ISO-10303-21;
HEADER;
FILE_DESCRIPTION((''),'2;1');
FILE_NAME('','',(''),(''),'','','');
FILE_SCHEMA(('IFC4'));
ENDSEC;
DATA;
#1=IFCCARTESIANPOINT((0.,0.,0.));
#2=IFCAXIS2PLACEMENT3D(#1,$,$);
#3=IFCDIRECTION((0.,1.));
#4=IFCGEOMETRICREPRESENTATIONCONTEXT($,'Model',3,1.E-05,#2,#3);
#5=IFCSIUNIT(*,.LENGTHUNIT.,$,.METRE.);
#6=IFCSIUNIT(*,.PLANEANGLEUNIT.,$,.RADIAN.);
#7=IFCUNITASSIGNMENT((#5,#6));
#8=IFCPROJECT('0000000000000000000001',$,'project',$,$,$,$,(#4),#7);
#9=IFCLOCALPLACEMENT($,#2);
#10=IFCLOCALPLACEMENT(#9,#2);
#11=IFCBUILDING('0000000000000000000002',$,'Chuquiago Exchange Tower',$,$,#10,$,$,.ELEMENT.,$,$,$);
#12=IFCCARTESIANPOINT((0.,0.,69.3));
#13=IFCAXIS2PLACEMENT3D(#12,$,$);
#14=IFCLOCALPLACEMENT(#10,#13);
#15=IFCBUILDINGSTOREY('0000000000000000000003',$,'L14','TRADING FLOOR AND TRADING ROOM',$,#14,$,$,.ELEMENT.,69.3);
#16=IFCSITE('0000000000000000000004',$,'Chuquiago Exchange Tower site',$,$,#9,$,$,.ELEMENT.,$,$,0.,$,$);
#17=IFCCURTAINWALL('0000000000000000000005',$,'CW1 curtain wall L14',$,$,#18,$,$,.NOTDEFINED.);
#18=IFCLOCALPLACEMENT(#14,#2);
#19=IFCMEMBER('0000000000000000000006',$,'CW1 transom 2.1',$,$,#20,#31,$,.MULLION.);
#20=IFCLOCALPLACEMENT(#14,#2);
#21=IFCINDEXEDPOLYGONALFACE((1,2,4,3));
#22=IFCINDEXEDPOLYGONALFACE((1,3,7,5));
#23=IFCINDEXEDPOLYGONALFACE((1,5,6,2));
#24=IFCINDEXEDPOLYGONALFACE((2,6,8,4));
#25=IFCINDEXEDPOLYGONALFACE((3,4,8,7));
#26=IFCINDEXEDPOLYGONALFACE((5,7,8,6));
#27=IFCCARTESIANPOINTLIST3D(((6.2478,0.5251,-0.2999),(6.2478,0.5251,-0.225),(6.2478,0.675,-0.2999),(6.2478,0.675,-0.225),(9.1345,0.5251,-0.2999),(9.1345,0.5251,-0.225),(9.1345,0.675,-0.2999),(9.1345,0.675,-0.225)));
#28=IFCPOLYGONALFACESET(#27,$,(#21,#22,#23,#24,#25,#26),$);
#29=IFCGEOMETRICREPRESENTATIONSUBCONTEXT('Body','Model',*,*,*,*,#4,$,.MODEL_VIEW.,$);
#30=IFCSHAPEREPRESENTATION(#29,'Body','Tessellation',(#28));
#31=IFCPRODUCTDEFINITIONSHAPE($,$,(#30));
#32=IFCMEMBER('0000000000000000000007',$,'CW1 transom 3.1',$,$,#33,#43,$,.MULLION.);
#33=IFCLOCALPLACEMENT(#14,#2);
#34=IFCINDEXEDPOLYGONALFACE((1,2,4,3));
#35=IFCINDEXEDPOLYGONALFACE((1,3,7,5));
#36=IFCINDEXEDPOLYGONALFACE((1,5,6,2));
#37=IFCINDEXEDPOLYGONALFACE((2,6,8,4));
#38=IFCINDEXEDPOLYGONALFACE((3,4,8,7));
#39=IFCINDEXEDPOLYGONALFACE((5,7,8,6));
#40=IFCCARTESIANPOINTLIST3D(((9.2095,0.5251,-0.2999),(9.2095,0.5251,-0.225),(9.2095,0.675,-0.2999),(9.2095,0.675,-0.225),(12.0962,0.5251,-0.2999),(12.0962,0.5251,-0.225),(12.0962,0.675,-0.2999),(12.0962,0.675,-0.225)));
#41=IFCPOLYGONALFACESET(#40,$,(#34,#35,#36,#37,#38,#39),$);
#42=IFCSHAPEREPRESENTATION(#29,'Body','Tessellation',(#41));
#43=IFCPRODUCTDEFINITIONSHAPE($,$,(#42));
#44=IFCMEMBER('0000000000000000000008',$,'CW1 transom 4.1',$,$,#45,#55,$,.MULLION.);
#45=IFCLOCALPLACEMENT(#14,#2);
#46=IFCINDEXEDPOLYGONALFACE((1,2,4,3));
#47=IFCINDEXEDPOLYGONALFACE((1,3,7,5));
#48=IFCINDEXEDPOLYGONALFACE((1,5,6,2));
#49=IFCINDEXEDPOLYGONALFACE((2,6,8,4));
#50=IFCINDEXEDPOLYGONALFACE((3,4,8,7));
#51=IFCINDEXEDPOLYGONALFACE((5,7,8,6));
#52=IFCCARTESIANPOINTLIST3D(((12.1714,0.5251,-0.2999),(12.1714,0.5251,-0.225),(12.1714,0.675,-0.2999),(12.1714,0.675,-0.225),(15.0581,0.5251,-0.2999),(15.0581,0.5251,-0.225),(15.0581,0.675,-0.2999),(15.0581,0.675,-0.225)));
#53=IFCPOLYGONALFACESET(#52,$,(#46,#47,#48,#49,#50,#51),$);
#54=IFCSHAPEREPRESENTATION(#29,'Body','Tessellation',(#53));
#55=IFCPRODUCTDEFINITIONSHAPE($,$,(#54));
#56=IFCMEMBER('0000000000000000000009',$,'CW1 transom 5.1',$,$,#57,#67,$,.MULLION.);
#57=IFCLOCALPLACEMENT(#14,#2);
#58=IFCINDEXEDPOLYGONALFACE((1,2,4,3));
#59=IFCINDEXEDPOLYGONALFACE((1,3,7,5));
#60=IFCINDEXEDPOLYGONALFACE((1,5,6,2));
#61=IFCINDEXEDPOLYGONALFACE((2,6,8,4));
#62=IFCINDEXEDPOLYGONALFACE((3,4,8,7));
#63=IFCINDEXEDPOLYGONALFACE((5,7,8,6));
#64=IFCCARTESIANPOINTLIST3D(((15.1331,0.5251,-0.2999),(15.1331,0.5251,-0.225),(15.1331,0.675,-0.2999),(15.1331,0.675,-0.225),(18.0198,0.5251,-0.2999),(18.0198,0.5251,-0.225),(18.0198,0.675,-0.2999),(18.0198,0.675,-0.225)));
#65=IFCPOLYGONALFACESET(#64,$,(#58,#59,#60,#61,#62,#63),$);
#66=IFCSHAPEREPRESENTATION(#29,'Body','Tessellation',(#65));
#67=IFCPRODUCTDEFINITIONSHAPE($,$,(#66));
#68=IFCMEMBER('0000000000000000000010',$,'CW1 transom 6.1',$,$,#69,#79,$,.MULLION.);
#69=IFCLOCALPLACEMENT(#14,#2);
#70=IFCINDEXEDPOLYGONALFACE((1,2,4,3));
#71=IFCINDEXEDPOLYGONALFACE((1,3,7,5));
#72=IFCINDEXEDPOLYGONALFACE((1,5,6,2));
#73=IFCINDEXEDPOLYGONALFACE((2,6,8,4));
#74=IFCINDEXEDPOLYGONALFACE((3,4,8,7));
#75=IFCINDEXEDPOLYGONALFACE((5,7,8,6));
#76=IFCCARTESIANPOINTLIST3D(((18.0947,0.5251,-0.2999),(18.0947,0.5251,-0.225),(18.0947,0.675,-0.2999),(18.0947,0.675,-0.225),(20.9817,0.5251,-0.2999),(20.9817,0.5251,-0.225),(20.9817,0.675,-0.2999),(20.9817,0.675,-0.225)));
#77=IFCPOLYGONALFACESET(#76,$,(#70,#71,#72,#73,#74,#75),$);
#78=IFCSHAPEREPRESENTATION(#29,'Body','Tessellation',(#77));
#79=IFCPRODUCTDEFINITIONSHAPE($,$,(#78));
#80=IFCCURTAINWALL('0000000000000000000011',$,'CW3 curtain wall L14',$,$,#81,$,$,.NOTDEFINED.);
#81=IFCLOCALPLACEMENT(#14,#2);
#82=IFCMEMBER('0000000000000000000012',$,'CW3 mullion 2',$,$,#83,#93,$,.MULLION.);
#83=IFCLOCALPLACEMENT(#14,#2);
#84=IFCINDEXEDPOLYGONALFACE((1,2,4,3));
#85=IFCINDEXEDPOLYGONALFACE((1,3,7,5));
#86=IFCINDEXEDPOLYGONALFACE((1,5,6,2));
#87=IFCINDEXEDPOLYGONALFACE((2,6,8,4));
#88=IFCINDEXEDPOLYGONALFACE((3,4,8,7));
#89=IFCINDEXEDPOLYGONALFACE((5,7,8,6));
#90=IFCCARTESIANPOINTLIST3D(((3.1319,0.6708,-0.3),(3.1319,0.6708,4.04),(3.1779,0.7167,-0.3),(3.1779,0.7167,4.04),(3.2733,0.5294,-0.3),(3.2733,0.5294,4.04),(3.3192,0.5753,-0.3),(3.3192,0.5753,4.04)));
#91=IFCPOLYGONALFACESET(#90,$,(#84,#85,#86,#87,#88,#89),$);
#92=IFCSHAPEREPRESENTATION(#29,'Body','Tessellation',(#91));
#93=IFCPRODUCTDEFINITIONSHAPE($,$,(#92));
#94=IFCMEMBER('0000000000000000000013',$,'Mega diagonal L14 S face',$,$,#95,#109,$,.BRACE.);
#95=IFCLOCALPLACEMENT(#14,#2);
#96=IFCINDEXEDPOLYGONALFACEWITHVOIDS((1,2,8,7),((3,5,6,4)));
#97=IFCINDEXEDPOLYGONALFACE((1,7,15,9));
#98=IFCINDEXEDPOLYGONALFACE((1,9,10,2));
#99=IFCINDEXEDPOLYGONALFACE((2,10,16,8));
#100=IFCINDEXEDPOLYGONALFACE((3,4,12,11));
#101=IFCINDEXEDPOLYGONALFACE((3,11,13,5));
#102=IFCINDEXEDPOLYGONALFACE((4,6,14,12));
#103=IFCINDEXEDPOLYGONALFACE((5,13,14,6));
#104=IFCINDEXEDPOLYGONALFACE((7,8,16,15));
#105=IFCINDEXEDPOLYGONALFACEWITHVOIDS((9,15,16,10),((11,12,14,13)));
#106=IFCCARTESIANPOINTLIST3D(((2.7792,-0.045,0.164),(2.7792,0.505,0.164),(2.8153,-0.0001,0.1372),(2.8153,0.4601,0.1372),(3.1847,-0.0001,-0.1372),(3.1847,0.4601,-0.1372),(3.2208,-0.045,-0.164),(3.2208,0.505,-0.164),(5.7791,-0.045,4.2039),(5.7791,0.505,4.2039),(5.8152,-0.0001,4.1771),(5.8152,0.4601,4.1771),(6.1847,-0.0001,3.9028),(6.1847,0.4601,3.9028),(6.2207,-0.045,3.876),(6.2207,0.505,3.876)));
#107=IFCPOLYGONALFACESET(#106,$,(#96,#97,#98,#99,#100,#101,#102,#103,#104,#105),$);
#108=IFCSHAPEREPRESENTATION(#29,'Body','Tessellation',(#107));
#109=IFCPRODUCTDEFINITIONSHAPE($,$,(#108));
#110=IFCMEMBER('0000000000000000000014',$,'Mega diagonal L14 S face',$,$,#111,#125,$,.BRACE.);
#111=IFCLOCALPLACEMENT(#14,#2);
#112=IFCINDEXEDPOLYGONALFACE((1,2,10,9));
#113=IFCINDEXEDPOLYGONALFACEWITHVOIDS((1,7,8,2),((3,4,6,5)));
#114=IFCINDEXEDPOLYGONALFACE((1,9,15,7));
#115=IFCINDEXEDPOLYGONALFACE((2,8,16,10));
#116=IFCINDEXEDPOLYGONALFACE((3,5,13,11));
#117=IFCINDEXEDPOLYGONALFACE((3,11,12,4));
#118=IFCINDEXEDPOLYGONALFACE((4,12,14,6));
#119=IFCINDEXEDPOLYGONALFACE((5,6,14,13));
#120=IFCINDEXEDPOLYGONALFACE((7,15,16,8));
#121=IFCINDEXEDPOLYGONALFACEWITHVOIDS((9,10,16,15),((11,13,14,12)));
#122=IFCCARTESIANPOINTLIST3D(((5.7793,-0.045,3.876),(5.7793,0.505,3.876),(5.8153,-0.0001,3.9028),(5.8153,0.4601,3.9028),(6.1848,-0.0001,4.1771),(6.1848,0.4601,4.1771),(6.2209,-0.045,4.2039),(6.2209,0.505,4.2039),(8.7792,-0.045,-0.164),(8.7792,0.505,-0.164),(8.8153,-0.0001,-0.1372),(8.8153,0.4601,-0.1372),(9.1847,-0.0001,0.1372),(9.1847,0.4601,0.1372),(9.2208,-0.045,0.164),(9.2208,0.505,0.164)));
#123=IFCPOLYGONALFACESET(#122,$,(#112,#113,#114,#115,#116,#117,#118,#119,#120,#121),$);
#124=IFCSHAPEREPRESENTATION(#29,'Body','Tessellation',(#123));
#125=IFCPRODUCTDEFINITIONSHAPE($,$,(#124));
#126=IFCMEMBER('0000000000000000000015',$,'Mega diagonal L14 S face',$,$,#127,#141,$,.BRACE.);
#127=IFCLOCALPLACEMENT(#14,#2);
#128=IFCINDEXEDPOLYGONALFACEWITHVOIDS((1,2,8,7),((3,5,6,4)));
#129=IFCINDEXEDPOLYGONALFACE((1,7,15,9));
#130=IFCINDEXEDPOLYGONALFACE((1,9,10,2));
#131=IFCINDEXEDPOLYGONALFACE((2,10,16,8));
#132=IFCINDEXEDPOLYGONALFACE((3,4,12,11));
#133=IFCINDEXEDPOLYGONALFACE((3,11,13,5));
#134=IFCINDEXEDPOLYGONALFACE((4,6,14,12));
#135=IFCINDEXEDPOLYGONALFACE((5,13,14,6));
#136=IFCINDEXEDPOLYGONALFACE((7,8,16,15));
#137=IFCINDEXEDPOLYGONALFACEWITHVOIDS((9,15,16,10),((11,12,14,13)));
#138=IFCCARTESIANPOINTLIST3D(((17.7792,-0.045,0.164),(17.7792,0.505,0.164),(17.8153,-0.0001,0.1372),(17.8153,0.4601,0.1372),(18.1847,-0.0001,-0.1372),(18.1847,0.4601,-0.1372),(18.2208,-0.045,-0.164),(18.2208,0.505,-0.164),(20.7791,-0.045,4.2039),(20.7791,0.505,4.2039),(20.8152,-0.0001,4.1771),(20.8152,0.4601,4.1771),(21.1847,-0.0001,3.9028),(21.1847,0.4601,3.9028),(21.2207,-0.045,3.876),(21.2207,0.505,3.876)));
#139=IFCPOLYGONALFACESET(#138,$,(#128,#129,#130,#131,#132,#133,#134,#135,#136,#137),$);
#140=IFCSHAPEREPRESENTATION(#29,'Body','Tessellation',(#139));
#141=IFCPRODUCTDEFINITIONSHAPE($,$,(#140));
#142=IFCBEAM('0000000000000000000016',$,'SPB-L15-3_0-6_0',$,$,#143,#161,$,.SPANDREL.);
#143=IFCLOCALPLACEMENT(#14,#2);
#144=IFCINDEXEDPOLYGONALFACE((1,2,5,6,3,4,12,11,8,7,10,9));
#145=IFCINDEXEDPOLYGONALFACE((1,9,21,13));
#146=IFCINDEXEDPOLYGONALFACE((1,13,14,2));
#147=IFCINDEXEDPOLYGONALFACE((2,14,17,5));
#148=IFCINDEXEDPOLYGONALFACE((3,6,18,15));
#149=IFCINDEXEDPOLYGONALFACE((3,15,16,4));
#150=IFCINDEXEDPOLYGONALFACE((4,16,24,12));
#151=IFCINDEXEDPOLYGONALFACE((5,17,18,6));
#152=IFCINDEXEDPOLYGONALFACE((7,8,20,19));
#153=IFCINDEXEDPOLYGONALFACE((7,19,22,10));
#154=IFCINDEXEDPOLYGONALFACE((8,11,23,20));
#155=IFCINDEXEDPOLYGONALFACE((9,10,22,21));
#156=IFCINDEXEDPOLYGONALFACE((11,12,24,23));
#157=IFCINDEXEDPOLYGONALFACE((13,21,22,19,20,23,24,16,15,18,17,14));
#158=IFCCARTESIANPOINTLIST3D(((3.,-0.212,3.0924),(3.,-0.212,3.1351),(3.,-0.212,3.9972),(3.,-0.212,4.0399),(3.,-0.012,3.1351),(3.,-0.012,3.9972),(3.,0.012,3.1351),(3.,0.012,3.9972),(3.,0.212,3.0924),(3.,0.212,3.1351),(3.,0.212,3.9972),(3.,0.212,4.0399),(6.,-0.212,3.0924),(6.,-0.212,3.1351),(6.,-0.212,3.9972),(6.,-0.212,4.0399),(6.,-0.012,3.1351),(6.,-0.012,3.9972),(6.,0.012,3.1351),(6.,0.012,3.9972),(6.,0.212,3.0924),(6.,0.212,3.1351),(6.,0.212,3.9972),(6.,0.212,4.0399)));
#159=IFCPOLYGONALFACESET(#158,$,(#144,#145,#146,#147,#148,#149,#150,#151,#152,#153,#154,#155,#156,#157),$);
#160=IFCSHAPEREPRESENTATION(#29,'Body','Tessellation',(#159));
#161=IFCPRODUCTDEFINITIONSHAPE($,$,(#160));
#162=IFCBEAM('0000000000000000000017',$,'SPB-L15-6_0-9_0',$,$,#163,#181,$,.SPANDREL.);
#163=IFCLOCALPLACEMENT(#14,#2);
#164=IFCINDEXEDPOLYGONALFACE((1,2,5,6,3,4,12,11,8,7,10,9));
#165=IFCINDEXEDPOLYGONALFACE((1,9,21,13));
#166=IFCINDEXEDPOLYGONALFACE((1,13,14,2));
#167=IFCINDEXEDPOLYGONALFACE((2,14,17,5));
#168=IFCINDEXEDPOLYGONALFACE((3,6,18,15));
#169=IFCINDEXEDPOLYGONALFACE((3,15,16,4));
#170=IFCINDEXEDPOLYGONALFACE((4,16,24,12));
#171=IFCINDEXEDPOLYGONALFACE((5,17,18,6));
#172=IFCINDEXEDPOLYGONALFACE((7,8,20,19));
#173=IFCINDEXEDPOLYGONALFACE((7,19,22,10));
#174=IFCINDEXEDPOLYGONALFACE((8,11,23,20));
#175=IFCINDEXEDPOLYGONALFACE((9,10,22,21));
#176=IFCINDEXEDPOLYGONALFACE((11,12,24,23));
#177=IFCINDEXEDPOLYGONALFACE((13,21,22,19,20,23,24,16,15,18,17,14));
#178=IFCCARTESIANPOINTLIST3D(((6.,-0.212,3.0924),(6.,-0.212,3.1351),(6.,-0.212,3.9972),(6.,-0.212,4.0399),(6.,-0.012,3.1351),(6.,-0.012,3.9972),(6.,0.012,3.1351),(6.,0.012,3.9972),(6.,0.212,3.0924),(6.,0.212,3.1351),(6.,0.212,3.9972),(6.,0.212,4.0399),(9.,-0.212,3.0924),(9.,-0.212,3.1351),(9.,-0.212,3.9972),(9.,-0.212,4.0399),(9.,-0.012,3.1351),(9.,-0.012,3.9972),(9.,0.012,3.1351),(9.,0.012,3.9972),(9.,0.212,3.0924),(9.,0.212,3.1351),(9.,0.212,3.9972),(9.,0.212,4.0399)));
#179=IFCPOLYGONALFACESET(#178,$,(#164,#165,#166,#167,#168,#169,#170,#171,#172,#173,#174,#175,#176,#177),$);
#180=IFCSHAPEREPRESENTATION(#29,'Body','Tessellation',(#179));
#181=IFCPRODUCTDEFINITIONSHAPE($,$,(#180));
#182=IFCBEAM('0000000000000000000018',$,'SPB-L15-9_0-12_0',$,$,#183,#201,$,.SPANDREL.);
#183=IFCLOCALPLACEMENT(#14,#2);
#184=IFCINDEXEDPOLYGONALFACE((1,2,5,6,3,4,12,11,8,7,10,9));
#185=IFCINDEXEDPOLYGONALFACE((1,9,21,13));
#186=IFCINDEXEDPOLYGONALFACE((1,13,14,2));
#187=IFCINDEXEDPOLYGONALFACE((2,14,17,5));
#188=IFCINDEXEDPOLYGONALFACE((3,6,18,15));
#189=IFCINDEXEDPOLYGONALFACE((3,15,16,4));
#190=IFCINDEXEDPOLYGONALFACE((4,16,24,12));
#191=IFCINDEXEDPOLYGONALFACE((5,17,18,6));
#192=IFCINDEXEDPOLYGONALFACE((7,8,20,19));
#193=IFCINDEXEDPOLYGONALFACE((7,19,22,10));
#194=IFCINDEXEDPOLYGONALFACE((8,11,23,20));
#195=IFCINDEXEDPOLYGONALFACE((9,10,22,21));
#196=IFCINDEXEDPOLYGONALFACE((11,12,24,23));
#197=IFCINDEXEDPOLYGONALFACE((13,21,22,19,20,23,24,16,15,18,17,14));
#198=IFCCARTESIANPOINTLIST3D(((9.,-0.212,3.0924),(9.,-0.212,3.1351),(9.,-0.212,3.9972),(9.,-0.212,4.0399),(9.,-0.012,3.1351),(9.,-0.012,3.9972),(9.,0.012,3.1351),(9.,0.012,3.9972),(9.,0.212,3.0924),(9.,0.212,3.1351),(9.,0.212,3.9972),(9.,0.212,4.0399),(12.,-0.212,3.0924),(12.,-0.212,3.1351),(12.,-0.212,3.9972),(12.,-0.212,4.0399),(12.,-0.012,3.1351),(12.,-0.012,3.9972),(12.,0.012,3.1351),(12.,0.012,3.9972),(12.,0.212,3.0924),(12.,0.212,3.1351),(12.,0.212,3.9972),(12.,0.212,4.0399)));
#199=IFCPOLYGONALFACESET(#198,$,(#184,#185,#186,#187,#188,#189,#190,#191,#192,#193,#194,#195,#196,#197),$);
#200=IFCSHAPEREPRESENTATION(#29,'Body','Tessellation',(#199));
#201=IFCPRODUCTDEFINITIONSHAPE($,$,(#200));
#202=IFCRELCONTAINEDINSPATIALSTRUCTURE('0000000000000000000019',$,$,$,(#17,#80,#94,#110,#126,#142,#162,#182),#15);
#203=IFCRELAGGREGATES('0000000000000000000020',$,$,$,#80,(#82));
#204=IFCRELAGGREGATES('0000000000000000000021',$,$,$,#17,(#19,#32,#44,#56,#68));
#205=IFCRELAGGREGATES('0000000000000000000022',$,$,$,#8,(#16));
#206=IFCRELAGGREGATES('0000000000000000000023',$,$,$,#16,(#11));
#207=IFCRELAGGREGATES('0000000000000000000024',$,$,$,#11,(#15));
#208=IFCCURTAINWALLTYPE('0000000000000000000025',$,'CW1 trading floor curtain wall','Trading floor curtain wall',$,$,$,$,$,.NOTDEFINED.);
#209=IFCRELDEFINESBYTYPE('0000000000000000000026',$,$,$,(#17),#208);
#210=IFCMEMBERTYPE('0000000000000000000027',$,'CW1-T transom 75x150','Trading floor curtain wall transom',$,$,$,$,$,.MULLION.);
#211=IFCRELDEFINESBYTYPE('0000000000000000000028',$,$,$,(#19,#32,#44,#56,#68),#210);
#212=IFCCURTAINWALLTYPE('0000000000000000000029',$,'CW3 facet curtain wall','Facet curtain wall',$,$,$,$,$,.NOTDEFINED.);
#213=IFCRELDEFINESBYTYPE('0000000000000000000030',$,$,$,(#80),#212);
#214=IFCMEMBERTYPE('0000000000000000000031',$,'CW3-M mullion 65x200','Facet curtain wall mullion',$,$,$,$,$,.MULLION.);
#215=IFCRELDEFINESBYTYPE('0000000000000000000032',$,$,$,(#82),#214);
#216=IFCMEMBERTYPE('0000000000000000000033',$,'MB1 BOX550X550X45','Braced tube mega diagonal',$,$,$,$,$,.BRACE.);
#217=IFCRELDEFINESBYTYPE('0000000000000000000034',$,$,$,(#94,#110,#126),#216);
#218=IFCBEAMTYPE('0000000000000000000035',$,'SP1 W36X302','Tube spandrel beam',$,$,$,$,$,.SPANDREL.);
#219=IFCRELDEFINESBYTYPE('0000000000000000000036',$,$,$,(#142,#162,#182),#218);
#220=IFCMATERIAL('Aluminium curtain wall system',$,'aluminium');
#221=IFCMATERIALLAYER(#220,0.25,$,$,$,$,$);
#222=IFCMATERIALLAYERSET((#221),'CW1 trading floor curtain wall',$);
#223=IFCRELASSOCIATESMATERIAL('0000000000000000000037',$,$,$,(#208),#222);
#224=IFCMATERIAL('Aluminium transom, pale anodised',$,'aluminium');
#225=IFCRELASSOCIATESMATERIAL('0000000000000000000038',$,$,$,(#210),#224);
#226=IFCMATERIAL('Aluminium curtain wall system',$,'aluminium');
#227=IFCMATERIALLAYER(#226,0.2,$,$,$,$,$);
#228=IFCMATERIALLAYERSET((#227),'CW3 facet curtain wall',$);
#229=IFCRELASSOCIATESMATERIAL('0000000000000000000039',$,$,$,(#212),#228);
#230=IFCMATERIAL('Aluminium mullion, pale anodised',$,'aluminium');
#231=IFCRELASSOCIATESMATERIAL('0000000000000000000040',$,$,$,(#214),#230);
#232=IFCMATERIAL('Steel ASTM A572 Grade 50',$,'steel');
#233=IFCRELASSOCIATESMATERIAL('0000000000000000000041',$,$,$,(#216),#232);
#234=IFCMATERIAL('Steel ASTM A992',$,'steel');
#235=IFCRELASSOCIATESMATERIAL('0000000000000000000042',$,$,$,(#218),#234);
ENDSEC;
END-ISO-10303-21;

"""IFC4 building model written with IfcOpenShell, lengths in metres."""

from ifc_helpers import new_model, si_unit, direction, frame, origin, origin_2d, place, context, subcontext, project, spatial, rectangle, hollow_rectangle, i_section, extrude, material, layer, layer_set, material_profile, profile_set, type_object, element, aggregate, save


model = new_model("IFC4")

# Units and contexts
model_context = context("Model", 3, precision=1e-05, world=origin(), true_north=direction((0.0, 1.0)))
body_context = subcontext(model_context, "Body", "Model", "MODEL_VIEW")
ifc_project = project(units=[si_unit("LENGTHUNIT", "METRE"), si_unit("PLANEANGLEUNIT", "RADIAN")], contexts=[model_context])

# Site, building, storey
site_placement = place(None, origin())
site = spatial("IfcSite", under=ifc_project, at=site_placement, Name="Chuquiago Exchange Tower site", CompositionType="ELEMENT", RefElevation=0.0)
building_placement = place(site_placement, origin())
building = spatial("IfcBuilding", under=site, at=building_placement, Name="Chuquiago Exchange Tower", CompositionType="ELEMENT")
storey_placement = place(building_placement, frame((0.0, 0.0, 69.3)))
storey = spatial("IfcBuildingStorey", under=building, at=storey_placement, Name="L14", Description="TRADING FLOOR AND TRADING ROOM", CompositionType="ELEMENT", Elevation=69.3)

# Curtain wall, members
ifc_material_1 = material(Name="Aluminium curtain wall system", Category="aluminium")
ifc_layer_1 = layer(ifc_material_1, 0.25)
ifc_layer_set_1 = layer_set([ifc_layer_1], Name="CW1 trading floor curtain wall")
curtain_wall_type_1 = type_object("IfcCurtainWallType", Name="CW1 trading floor curtain wall", Description="Trading floor curtain wall", PredefinedType="NOTDEFINED", material=ifc_layer_set_1)
curtain_wall_1_placement = place(storey_placement, origin())
curtain_wall_1 = element("IfcCurtainWall", 1, at=curtain_wall_1_placement, inside=storey, type_object=curtain_wall_type_1, Name="CW1 curtain wall L14", PredefinedType="NOTDEFINED")
ifc_material_2 = material(Name="Aluminium transom, pale anodised", Category="aluminium")
ifc_material_profile_1 = material_profile(ifc_material_2, rectangle(XDim=0.1499, YDim=0.075, at=origin_2d()), Name="AL 150x75")
ifc_profile_set_1 = profile_set([ifc_material_profile_1], Name="Aluminium transom, pale anodised")
member_type_1 = type_object("IfcMemberType", Name="CW1-T transom 75x150", Description="Trading floor curtain wall transom", PredefinedType="MULLION", material=ifc_profile_set_1)
member_1_placement = place(storey_placement, frame((6.2478, 0.6001, -0.2625), z_axis=(1.0, 0.0, 0.0), x_axis=(0.0, 1.0, 0.0)))
member_1 = element("IfcMember", 2, at=member_1_placement, type_object=member_type_1, Name="CW1 transom 2.1", PredefinedType="MULLION", context=body_context, shape_type="SweptSolid", body=[
    extrude(rectangle(XDim=0.1499, YDim=0.075, at=origin_2d()), origin(), (0.0, 0.0, 1.0), 2.8867),
])
member_2_placement = place(storey_placement, frame((9.2095, 0.6001, -0.2625), z_axis=(1.0, 0.0, 0.0), x_axis=(0.0, 1.0, 0.0)))
member_2 = element("IfcMember", 3, at=member_2_placement, type_object=member_type_1, Name="CW1 transom 3.1", PredefinedType="MULLION", context=body_context, shape_type="SweptSolid", body=[
    extrude(rectangle(XDim=0.1499, YDim=0.075, at=origin_2d()), origin(), (0.0, 0.0, 1.0), 2.8867),
])
member_3_placement = place(storey_placement, frame((12.1714, 0.6001, -0.2625), z_axis=(1.0, 0.0, 0.0), x_axis=(0.0, 1.0, 0.0)))
member_3 = element("IfcMember", 4, at=member_3_placement, type_object=member_type_1, Name="CW1 transom 4.1", PredefinedType="MULLION", context=body_context, shape_type="SweptSolid", body=[
    extrude(rectangle(XDim=0.1499, YDim=0.075, at=origin_2d()), origin(), (0.0, 0.0, 1.0), 2.8867),
])
member_4_placement = place(storey_placement, frame((15.1331, 0.6001, -0.2625), z_axis=(1.0, 0.0, 0.0), x_axis=(0.0, 1.0, 0.0)))
member_4 = element("IfcMember", 5, at=member_4_placement, type_object=member_type_1, Name="CW1 transom 5.1", PredefinedType="MULLION", context=body_context, shape_type="SweptSolid", body=[
    extrude(rectangle(XDim=0.1499, YDim=0.075, at=origin_2d()), origin(), (0.0, 0.0, 1.0), 2.8867),
])
member_5_placement = place(storey_placement, frame((18.0947, 0.6001, -0.2625), z_axis=(1.0, 0.0, 0.0), x_axis=(0.0, 1.0, 0.0)))
member_5 = element("IfcMember", 6, at=member_5_placement, type_object=member_type_1, Name="CW1 transom 6.1", PredefinedType="MULLION", context=body_context, shape_type="SweptSolid", body=[
    extrude(rectangle(XDim=0.1499, YDim=0.075, at=origin_2d()), origin(), (0.0, 0.0, 1.0), 2.887),
])

# Curtain wall, member
ifc_material_3 = material(Name="Aluminium curtain wall system", Category="aluminium")
ifc_layer_2 = layer(ifc_material_3, 0.2)
ifc_layer_set_2 = layer_set([ifc_layer_2], Name="CW3 facet curtain wall")
curtain_wall_type_2 = type_object("IfcCurtainWallType", Name="CW3 facet curtain wall", Description="Facet curtain wall", PredefinedType="NOTDEFINED", material=ifc_layer_set_2)
curtain_wall_2_placement = place(storey_placement, origin())
curtain_wall_2 = element("IfcCurtainWall", 7, at=curtain_wall_2_placement, inside=storey, type_object=curtain_wall_type_2, Name="CW3 curtain wall L14", PredefinedType="NOTDEFINED")
ifc_material_4 = material(Name="Aluminium mullion, pale anodised", Category="aluminium")
ifc_material_profile_2 = material_profile(ifc_material_4, rectangle(XDim=0.0649, YDim=0.2, at=origin_2d()), Name="AL 65x200")
ifc_profile_set_2 = profile_set([ifc_material_profile_2], Name="Aluminium mullion, pale anodised")
member_type_2 = type_object("IfcMemberType", Name="CW3-M mullion 65x200", Description="Facet curtain wall mullion", PredefinedType="MULLION", material=ifc_profile_set_2)
member_6_placement = place(storey_placement, frame((3.2256, 0.623, -0.3), z_axis=(0.0, 0.0, 1.0), x_axis=(0.707107, 0.707107, 0.0)))
member_6 = element("IfcMember", 8, at=member_6_placement, type_object=member_type_2, Name="CW3 mullion 2", PredefinedType="MULLION", context=body_context, shape_type="SweptSolid", body=[
    extrude(rectangle(XDim=0.0649, YDim=0.2, at=origin_2d()), origin(), (0.0, 0.0, 1.0), 4.3401),
])
aggregate(curtain_wall_2, [member_6])

# Members
ifc_material_5 = material(Name="Steel ASTM A572 Grade 50", Category="steel")
ifc_material_profile_3 = material_profile(ifc_material_5, hollow_rectangle(XDim=0.55, YDim=0.55, WallThickness=0.0449, at=origin_2d()), Name="BOX550X550X45")
ifc_profile_set_3 = profile_set([ifc_material_profile_3], Name="Steel ASTM A572 Grade 50")
member_type_3 = type_object("IfcMemberType", Name="MB1 BOX550X550X45", Description="Braced tube mega diagonal", PredefinedType="BRACE", material=ifc_profile_set_3)
for number, where, z_axis, x_axis, name in (
    (9, (3.0, 0.23, 0.0), (0.596174, 0.0, 0.802855), (0.0, 1.0, 0.0), "Mega diagonal L14 S face"),
    (10, (9.0, 0.23, 0.0), (-0.596174, 0.0, 0.802855), (0.0, -1.0, 0.0), "Mega diagonal L14 S face"),
    (11, (18.0, 0.23, 0.0), (0.596174, 0.0, 0.802855), (0.0, 1.0, 0.0), "Mega diagonal L14 S face"),
):
    element("IfcMember", number, at=place(storey_placement, frame(where, z_axis=z_axis, x_axis=x_axis)), inside=storey, type_object=member_type_3, Name=name, PredefinedType="BRACE", context=body_context, shape_type="SweptSolid", body=[
        extrude(hollow_rectangle(XDim=0.55, YDim=0.55, WallThickness=0.0449, at=origin_2d()), origin(), (0.0, 0.0, 1.0), 5.032),
    ])

# Beams
ifc_material_6 = material(Name="Steel ASTM A992", Category="steel")
ifc_material_profile_4 = material_profile(ifc_material_6, i_section(OverallWidth=0.4241, OverallDepth=0.9475, WebThickness=0.0239, FlangeThickness=0.0427, at=origin_2d()), Name="W36X302")
ifc_profile_set_4 = profile_set([ifc_material_profile_4], Name="Steel ASTM A992")
beam_type = type_object("IfcBeamType", Name="SP1 W36X302", Description="Tube spandrel beam", PredefinedType="SPANDREL", material=ifc_profile_set_4)
for number, where, z_axis, x_axis, name in (
    (12, (3.0, 0.0, 3.5662), (1.0, 0.0, 0.0), (0.0, 1.0, 0.0), "SPB-L15-3_0-6_0"),
    (13, (6.0, 0.0, 3.5662), (1.0, 0.0, 0.0), (0.0, 1.0, 0.0), "SPB-L15-6_0-9_0"),
    (14, (9.0, 0.0, 3.5662), (1.0, 0.0, 0.0), (0.0, 1.0, 0.0), "SPB-L15-9_0-12_0"),
):
    element("IfcBeam", number, at=place(storey_placement, frame(where, z_axis=z_axis, x_axis=x_axis)), inside=storey, type_object=beam_type, Name=name, PredefinedType="SPANDREL", context=body_context, shape_type="SweptSolid", body=[
        extrude(i_section(OverallWidth=0.4241, OverallDepth=0.9475, WebThickness=0.0239, FlangeThickness=0.0427, at=origin_2d()), origin(), (0.0, 0.0, 1.0), 3.0),
    ])

aggregate(curtain_wall_1, [member_1, member_2, member_3, member_4, member_5])

save(model, "model.ifc")
